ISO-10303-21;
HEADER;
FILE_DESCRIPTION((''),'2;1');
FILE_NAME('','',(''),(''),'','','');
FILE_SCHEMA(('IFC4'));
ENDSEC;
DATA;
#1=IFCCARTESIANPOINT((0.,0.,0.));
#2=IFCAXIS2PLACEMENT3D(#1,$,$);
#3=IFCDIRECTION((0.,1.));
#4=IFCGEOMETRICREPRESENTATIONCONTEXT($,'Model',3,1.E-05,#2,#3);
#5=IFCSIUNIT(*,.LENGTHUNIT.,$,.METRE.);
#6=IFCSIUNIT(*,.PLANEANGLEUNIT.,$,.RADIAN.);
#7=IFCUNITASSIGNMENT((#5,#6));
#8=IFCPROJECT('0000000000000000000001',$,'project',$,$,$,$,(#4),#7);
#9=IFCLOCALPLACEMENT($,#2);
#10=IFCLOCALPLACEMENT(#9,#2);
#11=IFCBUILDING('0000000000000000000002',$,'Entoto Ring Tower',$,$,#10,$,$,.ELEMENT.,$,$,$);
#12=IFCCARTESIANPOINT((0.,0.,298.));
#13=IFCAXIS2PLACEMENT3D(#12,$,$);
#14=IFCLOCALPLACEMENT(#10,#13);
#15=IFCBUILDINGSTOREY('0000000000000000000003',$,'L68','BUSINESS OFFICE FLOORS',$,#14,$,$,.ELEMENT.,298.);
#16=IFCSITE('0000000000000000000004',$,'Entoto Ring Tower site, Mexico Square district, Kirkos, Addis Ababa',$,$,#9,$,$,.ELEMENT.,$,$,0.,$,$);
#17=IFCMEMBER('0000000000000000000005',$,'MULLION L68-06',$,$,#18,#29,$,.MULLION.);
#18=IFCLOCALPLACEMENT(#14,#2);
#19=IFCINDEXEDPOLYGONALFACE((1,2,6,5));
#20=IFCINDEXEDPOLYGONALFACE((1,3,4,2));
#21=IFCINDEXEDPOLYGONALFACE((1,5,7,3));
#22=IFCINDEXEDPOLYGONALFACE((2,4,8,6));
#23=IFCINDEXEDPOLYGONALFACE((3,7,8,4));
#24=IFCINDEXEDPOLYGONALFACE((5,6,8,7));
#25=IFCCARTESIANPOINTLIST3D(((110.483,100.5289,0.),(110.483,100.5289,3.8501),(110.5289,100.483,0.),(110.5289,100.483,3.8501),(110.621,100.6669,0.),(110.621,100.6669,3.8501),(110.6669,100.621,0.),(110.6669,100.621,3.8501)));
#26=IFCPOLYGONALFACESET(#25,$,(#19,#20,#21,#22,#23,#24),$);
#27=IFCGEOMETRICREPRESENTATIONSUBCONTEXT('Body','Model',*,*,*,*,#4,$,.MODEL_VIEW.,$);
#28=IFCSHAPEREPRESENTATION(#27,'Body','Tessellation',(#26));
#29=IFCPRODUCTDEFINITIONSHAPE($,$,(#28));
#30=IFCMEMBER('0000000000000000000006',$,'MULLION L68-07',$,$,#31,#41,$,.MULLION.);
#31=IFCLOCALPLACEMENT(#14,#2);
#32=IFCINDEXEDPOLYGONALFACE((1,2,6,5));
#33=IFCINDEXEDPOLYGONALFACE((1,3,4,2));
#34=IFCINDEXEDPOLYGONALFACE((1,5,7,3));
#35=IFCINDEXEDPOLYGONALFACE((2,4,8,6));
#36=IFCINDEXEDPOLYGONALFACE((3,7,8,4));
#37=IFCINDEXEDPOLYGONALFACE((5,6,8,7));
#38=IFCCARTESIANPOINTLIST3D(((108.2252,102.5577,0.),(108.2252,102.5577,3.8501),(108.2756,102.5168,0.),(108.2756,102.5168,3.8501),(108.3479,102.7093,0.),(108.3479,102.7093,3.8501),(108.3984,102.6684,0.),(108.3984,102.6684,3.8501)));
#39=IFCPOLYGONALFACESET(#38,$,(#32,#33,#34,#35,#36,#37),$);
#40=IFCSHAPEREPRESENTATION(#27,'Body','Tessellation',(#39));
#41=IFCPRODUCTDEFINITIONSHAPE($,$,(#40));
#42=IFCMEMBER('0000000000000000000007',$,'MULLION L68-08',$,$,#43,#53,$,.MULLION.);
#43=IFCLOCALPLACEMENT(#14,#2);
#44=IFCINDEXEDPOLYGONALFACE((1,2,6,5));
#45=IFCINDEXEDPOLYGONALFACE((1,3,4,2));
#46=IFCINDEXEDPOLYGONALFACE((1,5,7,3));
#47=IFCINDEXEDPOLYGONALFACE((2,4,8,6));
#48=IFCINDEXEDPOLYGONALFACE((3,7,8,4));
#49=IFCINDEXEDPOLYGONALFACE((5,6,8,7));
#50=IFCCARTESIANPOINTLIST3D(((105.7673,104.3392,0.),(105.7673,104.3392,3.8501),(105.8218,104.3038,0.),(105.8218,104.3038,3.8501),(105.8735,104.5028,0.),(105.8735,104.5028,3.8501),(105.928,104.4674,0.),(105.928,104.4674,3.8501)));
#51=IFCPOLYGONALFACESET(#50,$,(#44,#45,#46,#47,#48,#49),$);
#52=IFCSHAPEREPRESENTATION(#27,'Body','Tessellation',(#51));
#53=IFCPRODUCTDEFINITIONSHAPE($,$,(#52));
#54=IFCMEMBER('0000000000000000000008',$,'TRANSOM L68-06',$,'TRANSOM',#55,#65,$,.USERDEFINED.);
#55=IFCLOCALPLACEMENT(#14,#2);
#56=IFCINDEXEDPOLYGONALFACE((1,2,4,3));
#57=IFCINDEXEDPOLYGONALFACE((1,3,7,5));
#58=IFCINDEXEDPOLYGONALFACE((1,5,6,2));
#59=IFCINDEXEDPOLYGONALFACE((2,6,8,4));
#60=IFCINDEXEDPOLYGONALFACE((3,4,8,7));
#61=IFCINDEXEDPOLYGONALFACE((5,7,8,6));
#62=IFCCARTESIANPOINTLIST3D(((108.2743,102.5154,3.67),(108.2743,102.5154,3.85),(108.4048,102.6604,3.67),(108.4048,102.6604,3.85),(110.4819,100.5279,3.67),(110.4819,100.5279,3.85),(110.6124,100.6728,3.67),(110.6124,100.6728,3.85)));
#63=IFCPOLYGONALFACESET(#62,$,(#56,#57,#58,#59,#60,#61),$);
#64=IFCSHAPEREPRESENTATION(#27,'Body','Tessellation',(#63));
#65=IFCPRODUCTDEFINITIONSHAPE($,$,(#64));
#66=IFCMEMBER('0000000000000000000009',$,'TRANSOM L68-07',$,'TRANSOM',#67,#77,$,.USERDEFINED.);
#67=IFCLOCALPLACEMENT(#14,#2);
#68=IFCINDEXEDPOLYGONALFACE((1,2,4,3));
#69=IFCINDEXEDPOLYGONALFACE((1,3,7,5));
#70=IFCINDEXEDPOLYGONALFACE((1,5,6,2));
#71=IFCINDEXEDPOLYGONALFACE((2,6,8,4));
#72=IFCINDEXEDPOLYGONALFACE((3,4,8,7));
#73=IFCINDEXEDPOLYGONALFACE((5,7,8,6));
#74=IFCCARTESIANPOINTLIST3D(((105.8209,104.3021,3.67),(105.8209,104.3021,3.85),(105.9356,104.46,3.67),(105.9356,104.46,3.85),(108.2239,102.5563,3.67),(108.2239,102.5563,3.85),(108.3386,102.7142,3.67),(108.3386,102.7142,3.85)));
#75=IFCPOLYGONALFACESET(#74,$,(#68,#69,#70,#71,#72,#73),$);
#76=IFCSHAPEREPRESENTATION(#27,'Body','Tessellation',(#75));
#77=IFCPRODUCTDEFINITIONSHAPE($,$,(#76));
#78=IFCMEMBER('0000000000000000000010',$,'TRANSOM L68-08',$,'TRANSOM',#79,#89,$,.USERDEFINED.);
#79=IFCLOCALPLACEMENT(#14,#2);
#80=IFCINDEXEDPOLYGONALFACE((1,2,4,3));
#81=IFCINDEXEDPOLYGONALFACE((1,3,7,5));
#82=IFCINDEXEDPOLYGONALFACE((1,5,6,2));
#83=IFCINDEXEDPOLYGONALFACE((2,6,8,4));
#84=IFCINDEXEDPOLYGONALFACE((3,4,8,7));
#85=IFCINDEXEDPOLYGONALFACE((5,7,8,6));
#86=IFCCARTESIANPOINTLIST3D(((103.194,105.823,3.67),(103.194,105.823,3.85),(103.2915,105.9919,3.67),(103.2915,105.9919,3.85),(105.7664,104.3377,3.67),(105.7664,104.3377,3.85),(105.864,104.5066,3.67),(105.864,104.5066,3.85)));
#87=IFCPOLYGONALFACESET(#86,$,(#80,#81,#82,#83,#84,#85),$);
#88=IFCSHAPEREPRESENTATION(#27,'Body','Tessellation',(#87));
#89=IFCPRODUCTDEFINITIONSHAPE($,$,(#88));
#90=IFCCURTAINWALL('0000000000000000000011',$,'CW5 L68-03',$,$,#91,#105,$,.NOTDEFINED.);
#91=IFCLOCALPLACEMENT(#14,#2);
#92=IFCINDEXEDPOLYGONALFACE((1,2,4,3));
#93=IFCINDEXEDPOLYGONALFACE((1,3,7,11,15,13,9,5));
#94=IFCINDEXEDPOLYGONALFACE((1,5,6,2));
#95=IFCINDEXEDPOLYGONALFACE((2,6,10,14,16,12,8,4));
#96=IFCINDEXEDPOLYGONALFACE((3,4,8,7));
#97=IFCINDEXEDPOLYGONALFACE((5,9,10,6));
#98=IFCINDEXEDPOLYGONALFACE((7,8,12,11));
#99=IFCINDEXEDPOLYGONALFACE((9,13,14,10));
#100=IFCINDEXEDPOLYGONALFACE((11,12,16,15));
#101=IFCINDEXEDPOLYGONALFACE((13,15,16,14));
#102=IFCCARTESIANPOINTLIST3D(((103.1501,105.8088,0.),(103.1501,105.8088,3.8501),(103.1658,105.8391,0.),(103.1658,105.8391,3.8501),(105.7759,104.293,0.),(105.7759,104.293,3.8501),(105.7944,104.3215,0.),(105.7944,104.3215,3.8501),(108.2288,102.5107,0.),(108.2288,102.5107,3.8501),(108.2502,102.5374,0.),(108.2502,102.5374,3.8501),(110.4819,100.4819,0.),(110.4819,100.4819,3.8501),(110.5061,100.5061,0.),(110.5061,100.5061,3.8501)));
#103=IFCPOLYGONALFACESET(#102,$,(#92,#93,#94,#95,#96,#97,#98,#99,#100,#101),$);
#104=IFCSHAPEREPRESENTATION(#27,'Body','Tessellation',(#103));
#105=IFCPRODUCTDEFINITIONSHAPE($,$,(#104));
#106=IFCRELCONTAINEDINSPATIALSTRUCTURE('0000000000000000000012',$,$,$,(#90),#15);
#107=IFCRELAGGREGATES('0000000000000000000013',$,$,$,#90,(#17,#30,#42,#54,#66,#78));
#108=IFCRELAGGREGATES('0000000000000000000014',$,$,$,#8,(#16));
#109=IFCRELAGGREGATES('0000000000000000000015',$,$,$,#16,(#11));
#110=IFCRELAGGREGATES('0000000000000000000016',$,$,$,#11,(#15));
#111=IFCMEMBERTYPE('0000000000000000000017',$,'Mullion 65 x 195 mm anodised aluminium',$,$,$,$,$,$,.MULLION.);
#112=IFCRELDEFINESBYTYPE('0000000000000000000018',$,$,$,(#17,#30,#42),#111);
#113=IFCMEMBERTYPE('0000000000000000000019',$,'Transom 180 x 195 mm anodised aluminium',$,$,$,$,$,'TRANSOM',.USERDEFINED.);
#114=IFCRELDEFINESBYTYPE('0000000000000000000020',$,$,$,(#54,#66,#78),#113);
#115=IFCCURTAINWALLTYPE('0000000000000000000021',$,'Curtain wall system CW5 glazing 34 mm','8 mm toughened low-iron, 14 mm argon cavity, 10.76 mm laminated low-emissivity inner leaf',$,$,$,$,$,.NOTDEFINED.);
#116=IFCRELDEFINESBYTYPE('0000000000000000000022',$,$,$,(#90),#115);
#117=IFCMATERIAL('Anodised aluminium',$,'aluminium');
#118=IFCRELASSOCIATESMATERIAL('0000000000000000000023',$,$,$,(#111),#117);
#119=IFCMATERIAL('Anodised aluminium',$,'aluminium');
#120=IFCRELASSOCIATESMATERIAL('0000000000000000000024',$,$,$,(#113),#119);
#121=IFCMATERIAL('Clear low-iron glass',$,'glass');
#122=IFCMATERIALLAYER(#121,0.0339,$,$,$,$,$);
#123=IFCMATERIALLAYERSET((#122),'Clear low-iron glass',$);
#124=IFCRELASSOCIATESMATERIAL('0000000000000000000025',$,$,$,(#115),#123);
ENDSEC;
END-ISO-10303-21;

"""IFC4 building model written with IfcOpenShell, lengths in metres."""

from ifc_helpers import new_model, si_unit, direction, frame, origin, origin_2d, place, context, subcontext, project, spatial, polyline, rectangle, outline, extrude, material, layer, layer_set, material_profile, profile_set, type_object, element, aggregate, save


model = new_model("IFC4")

# Units and contexts
model_context = context("Model", 3, precision=1e-05, world=origin(), true_north=direction((0.0, 1.0)))
body_context = subcontext(model_context, "Body", "Model", "MODEL_VIEW")
ifc_project = project(units=[si_unit("LENGTHUNIT", "METRE"), si_unit("PLANEANGLEUNIT", "RADIAN")], contexts=[model_context])

# Members
ifc_material_1 = material(Name="Anodised aluminium", Category="aluminium")
ifc_material_profile_1 = material_profile(ifc_material_1, rectangle(XDim=0.0649, YDim=0.1951, at=origin_2d()), Name="Mullion 65 x 195 mm anodised aluminium")
ifc_profile_set_1 = profile_set([ifc_material_profile_1], Name="Anodised aluminium")
member_type_1 = type_object("IfcMemberType", Name="Mullion 65 x 195 mm anodised aluminium", PredefinedType="MULLION", material=ifc_profile_set_1)
site_placement = place(None, origin())
building_placement = place(site_placement, origin())
storey_placement = place(building_placement, frame((0.0, 0.0, 298.0)))
member_1_placement = place(storey_placement, frame((110.575, 100.575, 0.0), z_axis=(0.0, 0.0, 1.0), x_axis=(-0.707107, 0.707107, 0.0)))
member_1 = element("IfcMember", 1, at=member_1_placement, type_object=member_type_1, Name="MULLION L68-06", PredefinedType="MULLION", context=body_context, shape_type="SweptSolid", body=[
    extrude(rectangle(XDim=0.0649, YDim=0.1951, at=origin_2d()), origin(), (0.0, 0.0, 1.0), 3.8501),
])
member_2_placement = place(storey_placement, frame((108.3118, 102.613, 0.0), z_axis=(0.0, 0.0, 1.0), x_axis=(-0.777146, 0.62932, 0.0)))
member_2 = element("IfcMember", 2, at=member_2_placement, type_object=member_type_1, Name="MULLION L68-07", PredefinedType="MULLION", context=body_context, shape_type="SweptSolid", body=[
    extrude(rectangle(XDim=0.0649, YDim=0.1951, at=origin_2d()), origin(), (0.0, 0.0, 1.0), 3.8501),
])
member_3_placement = place(storey_placement, frame((105.8477, 104.4033, 0.0), z_axis=(0.0, 0.0, 1.0), x_axis=(-0.838671, 0.544639, 0.0)))
member_3 = element("IfcMember", 3, at=member_3_placement, type_object=member_type_1, Name="MULLION L68-08", PredefinedType="MULLION", context=body_context, shape_type="SweptSolid", body=[
    extrude(rectangle(XDim=0.0649, YDim=0.1951, at=origin_2d()), origin(), (0.0, 0.0, 1.0), 3.8501),
])
ifc_material_2 = material(Name="Anodised aluminium", Category="aluminium")
ifc_material_profile_2 = material_profile(ifc_material_2, rectangle(XDim=0.1951, YDim=0.1799, at=origin_2d()), Name="Transom 180 x 195 mm anodised aluminium")
ifc_profile_set_2 = profile_set([ifc_material_profile_2], Name="Anodised aluminium")
member_type_2 = type_object("IfcMemberType", Name="Transom 180 x 195 mm anodised aluminium", ElementType="TRANSOM", PredefinedType="USERDEFINED", material=ifc_profile_set_2)
member_4_placement = place(storey_placement, frame((110.5471, 100.6003, 3.76), z_axis=(-0.743163, 0.66911, 0.0), x_axis=(-0.66911, -0.743163, 0.0)))
member_4 = element("IfcMember", 4, at=member_4_placement, type_object=member_type_2, Name="TRANSOM L68-06", ObjectType="TRANSOM", PredefinedType="USERDEFINED", context=body_context, shape_type="SweptSolid", body=[
    extrude(rectangle(XDim=0.1951, YDim=0.1799, at=origin_2d()), origin(), (0.0, 0.0, 1.0), 2.9705),
])
member_5_placement = place(storey_placement, frame((108.2812, 102.6353, 3.76), z_axis=(-0.809031, 0.587766, 0.0), x_axis=(-0.587766, -0.809031, 0.0)))
member_5 = element("IfcMember", 5, at=member_5_placement, type_object=member_type_2, Name="TRANSOM L68-07", ObjectType="TRANSOM", PredefinedType="USERDEFINED", context=body_context, shape_type="SweptSolid", body=[
    extrude(rectangle(XDim=0.1951, YDim=0.1799, at=origin_2d()), origin(), (0.0, 0.0, 1.0), 2.9702),
])
member_6_placement = place(storey_placement, frame((105.8152, 104.4221, 3.76), z_axis=(-0.866009, 0.500028, 0.0), x_axis=(-0.500028, -0.866009, 0.0)))
member_6 = element("IfcMember", 6, at=member_6_placement, type_object=member_type_2, Name="TRANSOM L68-08", ObjectType="TRANSOM", PredefinedType="USERDEFINED", context=body_context, shape_type="SweptSolid", body=[
    extrude(rectangle(XDim=0.1951, YDim=0.1799, at=origin_2d()), origin(), (0.0, 0.0, 1.0), 2.9705),
])

# Site, building, storey
site = spatial("IfcSite", under=ifc_project, at=site_placement, Name="Entoto Ring Tower site, Mexico Square district, Kirkos, Addis Ababa", CompositionType="ELEMENT", RefElevation=0.0)
building = spatial("IfcBuilding", under=site, at=building_placement, Name="Entoto Ring Tower", CompositionType="ELEMENT")
storey = spatial("IfcBuildingStorey", under=building, at=storey_placement, Name="L68", Description="BUSINESS OFFICE FLOORS", CompositionType="ELEMENT", Elevation=298.0)

# Curtain wall
ifc_material_3 = material(Name="Clear low-iron glass", Category="glass")
ifc_layer_1 = layer(ifc_material_3, 0.0339)
ifc_layer_set_1 = layer_set([ifc_layer_1], Name="Clear low-iron glass")
curtain_wall_type = type_object("IfcCurtainWallType", Name="Curtain wall system CW5 glazing 34 mm", Description="8 mm toughened low-iron, 14 mm argon cavity, 10.76 mm laminated low-emissivity inner leaf", PredefinedType="NOTDEFINED", material=ifc_layer_set_1)
curtain_wall_1_placement = place(storey_placement, origin())
curtain_wall_1 = element("IfcCurtainWall", 7, at=curtain_wall_1_placement, inside=storey, type_object=curtain_wall_type, Name="CW5 L68-03", PredefinedType="NOTDEFINED", context=body_context, shape_type="SweptSolid", body=[
    extrude(outline(polyline([(110.5061, 100.5061), (108.2502, 102.5374), (105.7944, 104.3215), (103.1658, 105.8391), (103.1501, 105.8088), (105.7759, 104.293), (108.2288, 102.5107), (110.4819, 100.4819), (110.5061, 100.5061)])), origin(), (0.0, 0.0, 1.0), 3.8501),
])
aggregate(curtain_wall_1, [member_1, member_2, member_3, member_4, member_5, member_6])

save(model, "model.ifc")
